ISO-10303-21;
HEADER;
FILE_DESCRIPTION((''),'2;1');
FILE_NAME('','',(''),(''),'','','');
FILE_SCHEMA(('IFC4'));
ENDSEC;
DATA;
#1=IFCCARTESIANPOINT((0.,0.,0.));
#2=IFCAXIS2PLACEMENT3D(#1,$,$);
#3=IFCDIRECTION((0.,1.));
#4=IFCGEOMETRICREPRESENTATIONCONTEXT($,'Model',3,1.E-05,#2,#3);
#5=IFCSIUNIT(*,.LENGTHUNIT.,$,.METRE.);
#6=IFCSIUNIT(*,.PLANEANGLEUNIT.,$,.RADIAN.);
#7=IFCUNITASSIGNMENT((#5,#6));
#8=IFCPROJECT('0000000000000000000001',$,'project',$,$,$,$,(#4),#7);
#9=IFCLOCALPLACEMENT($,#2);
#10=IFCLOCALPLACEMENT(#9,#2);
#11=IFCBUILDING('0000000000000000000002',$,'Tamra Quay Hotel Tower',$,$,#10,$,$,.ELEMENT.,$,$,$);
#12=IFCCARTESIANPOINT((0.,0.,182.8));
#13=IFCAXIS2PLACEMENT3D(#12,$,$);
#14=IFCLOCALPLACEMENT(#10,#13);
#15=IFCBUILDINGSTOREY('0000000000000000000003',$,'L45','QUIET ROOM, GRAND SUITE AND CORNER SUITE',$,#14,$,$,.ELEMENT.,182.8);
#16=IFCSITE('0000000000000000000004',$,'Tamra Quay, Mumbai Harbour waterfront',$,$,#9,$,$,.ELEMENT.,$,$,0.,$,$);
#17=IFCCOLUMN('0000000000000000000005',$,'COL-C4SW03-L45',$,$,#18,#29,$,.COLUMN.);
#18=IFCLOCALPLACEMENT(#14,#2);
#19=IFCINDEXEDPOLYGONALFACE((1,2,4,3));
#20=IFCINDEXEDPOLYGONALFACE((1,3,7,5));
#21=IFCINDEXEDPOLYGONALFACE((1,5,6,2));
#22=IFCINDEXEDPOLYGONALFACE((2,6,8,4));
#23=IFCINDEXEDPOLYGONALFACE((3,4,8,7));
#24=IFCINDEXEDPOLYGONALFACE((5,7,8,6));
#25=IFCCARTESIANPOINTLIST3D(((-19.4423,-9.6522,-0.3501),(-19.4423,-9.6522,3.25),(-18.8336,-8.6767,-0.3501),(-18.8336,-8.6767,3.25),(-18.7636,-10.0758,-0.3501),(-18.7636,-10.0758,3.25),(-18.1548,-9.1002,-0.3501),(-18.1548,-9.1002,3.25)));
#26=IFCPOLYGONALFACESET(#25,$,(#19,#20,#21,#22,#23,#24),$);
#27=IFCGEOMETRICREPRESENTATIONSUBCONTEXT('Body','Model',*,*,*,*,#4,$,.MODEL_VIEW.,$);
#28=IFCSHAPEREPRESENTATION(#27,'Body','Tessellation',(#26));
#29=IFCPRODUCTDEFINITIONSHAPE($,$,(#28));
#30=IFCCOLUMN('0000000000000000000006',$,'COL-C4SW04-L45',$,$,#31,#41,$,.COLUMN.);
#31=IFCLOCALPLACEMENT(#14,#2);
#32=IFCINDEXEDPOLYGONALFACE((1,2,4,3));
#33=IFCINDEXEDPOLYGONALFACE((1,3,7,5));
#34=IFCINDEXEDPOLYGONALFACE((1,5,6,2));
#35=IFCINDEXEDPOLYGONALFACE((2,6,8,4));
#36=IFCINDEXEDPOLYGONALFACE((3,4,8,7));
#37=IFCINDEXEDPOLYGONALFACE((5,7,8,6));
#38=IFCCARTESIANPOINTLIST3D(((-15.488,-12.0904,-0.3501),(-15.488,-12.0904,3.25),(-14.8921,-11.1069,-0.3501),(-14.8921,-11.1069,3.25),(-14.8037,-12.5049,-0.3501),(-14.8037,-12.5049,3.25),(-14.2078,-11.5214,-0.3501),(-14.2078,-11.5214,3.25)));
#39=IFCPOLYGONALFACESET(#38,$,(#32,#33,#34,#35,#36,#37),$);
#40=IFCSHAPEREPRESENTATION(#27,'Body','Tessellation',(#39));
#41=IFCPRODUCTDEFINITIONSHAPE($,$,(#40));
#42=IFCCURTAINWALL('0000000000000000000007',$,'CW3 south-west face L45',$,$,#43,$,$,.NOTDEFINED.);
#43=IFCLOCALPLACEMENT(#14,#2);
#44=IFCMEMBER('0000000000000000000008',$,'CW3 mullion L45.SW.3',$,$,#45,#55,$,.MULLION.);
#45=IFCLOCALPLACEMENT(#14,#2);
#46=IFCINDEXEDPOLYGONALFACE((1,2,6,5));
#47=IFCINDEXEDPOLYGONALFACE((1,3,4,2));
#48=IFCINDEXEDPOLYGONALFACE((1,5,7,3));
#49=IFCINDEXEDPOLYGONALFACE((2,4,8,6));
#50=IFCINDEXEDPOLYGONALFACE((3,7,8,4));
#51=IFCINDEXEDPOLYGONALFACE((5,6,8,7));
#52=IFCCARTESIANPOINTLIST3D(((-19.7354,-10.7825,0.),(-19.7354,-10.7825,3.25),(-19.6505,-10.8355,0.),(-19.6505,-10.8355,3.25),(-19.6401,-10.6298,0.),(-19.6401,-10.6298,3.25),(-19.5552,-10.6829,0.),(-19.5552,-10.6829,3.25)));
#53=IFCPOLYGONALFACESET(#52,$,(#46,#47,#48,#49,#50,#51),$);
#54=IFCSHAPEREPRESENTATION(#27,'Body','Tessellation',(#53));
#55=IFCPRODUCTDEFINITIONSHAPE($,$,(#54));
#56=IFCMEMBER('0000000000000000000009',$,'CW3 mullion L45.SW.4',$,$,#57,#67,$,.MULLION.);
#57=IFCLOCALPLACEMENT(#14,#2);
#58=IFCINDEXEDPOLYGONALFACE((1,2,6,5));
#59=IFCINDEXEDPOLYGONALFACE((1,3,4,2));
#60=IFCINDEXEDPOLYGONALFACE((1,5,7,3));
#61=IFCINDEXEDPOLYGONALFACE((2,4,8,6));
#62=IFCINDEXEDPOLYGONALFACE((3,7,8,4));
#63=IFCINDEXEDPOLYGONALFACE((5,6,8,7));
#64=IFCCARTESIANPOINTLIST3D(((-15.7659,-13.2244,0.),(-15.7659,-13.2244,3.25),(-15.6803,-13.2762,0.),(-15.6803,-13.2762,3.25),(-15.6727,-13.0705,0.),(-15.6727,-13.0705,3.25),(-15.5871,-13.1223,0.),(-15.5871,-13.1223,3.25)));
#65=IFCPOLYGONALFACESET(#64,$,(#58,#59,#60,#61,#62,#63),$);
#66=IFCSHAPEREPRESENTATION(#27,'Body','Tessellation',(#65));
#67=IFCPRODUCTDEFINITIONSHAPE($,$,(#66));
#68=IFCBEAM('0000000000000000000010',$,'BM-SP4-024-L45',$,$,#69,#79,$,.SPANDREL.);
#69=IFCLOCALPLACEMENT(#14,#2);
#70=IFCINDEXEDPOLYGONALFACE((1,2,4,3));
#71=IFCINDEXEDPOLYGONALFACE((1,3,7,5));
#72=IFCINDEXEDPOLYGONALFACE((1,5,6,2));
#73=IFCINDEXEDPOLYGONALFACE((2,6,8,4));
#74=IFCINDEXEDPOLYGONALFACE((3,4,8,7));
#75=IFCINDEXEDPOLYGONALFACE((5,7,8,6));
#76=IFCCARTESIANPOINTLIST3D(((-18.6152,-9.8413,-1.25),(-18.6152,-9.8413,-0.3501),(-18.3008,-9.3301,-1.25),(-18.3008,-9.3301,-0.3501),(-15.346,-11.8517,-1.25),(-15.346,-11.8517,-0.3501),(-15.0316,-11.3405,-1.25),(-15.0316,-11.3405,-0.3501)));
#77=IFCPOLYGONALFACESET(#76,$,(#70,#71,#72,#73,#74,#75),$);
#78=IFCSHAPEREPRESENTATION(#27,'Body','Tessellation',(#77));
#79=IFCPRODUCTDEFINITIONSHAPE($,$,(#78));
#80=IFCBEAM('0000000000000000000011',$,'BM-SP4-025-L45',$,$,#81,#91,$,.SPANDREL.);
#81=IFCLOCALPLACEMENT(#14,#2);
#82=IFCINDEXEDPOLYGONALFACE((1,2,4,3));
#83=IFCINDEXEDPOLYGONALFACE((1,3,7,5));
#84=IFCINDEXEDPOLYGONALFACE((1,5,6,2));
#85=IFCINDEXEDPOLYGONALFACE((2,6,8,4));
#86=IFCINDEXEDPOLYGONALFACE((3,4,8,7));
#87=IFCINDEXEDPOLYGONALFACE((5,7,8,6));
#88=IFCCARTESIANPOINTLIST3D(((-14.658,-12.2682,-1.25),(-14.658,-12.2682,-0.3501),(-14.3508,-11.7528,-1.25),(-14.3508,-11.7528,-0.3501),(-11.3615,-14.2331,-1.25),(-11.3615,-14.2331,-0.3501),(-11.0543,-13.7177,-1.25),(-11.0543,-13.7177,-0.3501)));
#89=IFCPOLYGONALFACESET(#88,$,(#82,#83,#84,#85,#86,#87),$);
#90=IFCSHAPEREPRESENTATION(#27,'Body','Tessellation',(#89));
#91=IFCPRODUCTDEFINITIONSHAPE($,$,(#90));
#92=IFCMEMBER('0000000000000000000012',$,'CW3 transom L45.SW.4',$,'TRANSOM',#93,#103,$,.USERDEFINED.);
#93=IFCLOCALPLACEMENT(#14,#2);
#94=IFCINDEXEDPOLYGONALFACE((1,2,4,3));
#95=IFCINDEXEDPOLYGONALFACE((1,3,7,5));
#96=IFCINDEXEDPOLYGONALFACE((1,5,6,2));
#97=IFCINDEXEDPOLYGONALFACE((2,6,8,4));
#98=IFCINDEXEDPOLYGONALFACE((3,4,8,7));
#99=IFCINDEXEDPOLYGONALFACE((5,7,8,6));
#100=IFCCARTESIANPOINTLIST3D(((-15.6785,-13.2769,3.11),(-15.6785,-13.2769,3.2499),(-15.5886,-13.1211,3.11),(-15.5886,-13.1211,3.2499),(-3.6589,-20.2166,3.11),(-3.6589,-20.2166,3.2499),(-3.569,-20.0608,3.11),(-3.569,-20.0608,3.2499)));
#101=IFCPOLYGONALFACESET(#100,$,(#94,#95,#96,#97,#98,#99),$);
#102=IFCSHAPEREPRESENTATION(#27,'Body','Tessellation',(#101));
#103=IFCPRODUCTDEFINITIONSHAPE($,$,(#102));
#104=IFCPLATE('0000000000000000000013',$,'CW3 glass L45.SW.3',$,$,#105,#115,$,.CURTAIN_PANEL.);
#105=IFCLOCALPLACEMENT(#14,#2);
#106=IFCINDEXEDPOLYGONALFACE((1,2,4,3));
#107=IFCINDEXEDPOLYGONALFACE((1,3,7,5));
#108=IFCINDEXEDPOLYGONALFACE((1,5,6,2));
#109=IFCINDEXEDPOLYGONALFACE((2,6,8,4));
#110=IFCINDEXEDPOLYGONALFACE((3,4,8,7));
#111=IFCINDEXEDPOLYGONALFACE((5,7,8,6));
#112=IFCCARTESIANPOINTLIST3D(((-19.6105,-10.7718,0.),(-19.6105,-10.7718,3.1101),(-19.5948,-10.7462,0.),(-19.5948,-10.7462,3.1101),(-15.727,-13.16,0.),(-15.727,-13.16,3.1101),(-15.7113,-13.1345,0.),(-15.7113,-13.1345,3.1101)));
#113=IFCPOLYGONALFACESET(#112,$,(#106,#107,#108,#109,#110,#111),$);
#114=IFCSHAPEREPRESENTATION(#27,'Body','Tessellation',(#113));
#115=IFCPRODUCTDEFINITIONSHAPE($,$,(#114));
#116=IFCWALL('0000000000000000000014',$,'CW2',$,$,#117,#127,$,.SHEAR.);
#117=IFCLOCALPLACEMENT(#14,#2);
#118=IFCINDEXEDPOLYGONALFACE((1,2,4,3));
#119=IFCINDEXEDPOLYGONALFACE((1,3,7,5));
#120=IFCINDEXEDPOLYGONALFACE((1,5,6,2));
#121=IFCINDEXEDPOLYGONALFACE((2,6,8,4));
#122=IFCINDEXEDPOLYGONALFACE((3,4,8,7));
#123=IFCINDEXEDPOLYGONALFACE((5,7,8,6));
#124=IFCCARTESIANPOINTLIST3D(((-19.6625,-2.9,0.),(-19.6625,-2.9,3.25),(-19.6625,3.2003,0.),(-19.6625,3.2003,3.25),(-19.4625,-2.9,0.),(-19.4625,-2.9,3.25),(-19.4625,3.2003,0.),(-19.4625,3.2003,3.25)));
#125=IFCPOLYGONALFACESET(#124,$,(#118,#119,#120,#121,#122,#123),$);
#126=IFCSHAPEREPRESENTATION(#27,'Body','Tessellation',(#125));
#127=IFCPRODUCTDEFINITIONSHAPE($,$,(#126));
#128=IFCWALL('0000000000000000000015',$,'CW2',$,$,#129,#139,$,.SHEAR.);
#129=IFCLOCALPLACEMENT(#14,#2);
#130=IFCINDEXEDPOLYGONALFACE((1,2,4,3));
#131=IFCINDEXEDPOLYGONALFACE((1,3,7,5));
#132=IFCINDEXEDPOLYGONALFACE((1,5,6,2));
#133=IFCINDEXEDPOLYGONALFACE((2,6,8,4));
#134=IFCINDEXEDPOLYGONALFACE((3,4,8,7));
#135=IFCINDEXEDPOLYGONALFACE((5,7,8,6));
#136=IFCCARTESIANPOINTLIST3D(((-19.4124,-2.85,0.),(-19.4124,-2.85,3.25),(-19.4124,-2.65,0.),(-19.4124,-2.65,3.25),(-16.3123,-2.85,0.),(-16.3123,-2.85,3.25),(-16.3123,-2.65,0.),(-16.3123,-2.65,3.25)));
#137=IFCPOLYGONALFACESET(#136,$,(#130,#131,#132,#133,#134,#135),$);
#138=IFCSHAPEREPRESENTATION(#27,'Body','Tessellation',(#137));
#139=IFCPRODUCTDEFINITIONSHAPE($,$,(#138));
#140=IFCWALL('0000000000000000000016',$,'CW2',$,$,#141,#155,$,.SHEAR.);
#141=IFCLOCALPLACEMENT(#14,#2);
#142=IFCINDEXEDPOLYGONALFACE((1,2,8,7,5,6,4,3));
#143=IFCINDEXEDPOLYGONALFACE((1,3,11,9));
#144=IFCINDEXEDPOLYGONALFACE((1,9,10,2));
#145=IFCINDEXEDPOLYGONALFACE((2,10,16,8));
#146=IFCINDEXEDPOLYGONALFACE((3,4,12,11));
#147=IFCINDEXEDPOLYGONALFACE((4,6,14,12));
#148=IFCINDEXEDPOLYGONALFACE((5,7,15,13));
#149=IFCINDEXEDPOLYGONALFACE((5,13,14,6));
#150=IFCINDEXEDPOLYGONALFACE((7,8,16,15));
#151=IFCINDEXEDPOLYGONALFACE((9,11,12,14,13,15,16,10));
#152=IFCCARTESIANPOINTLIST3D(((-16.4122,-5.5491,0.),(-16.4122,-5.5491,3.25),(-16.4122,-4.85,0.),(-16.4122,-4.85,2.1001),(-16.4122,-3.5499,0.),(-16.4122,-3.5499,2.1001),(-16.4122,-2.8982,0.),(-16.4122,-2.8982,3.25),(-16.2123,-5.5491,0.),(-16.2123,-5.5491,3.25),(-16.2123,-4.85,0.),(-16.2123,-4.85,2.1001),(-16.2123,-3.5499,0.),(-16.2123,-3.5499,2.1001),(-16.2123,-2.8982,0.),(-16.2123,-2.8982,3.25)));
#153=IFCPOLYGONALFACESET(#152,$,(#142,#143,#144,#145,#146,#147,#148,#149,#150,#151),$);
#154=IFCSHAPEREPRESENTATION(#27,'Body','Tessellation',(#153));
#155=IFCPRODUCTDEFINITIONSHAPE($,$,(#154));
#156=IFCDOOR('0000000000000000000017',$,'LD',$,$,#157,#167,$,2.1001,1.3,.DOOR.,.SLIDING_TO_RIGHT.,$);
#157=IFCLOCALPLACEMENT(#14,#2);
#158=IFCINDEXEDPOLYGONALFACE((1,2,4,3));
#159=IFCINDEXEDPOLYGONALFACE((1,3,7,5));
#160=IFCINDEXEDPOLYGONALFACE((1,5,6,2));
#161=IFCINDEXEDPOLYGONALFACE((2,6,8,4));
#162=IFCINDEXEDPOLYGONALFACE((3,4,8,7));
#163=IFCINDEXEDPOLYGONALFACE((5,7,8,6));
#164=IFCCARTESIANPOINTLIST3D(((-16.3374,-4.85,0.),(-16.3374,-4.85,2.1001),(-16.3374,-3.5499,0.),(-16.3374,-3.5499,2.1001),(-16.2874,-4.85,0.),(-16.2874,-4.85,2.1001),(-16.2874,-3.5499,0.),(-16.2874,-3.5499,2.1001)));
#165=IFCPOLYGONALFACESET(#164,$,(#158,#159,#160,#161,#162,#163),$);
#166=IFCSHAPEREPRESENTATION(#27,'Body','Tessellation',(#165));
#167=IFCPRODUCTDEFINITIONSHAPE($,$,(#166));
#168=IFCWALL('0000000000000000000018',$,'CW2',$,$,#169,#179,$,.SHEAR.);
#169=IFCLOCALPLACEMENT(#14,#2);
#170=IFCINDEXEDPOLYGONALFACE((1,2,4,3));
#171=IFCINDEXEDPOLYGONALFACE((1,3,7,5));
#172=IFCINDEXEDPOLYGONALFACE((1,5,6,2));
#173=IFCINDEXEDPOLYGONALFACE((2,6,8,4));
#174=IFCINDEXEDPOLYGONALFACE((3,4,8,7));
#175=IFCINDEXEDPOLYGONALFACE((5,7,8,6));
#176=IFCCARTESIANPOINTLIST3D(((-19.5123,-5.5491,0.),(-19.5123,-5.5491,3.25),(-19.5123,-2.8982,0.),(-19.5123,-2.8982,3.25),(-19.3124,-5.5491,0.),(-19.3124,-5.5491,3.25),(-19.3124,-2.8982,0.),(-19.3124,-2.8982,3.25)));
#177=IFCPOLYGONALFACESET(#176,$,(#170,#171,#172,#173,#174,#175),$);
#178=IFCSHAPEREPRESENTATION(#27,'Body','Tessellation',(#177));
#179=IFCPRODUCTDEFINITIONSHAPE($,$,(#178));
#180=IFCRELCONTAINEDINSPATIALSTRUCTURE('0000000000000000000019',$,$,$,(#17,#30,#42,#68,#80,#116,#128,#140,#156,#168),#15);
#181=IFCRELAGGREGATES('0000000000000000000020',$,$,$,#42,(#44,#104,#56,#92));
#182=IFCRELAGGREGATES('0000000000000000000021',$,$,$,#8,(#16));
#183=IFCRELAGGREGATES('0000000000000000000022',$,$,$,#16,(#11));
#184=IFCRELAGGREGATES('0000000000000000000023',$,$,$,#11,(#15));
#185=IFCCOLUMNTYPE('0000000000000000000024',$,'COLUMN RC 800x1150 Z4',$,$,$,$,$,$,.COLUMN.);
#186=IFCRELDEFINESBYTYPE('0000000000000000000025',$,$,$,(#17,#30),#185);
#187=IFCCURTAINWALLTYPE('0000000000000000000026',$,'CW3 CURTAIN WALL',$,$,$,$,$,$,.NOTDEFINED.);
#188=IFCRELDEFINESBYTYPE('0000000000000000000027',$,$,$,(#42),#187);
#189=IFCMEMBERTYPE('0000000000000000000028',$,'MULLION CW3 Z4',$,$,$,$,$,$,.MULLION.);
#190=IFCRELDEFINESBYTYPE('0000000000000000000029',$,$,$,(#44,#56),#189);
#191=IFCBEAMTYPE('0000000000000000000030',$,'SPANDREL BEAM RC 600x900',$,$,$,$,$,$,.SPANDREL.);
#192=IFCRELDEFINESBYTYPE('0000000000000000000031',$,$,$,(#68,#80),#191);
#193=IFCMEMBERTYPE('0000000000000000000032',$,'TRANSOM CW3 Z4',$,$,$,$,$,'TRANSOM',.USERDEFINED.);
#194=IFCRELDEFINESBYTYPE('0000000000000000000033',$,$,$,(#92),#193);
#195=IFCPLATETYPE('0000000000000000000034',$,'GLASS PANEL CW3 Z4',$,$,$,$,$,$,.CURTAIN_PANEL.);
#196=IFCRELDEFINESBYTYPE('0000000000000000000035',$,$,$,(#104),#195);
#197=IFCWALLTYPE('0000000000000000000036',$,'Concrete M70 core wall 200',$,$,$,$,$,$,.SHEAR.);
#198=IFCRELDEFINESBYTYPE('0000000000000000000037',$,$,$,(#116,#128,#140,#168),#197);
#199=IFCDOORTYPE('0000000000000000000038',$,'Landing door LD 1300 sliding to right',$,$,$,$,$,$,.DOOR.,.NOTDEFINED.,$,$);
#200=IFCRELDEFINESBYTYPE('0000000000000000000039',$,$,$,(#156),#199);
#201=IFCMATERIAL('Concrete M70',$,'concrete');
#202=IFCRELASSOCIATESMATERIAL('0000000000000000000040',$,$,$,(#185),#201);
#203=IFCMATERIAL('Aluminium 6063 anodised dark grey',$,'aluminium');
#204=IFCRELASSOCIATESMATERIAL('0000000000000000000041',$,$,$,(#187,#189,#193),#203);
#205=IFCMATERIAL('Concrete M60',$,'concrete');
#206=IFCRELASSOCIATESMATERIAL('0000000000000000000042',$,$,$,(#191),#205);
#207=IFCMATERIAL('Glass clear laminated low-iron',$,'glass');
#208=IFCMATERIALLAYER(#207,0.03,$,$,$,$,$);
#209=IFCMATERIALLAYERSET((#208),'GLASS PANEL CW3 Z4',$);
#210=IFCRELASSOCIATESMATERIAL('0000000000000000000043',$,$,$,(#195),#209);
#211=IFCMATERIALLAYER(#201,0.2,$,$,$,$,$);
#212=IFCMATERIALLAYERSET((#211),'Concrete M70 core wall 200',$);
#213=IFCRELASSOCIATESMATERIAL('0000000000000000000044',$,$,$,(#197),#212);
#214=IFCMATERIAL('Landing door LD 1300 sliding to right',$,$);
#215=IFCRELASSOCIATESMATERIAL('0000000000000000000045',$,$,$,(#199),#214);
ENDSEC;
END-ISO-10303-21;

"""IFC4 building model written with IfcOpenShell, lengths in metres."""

from ifc_helpers import new_model, si_unit, direction, frame, frame_2d, origin, origin_2d, place, context, subcontext, project, spatial, rectangle, extrude, material, layer, layer_set, material_profile, profile_set, type_object, element, fill, aggregate, save


model = new_model("IFC4")

# Units and contexts
model_context = context("Model", 3, precision=1e-05, world=origin(), true_north=direction((0.0, 1.0)))
body_context = subcontext(model_context, "Body", "Model", "MODEL_VIEW")
ifc_project = project(units=[si_unit("LENGTHUNIT", "METRE"), si_unit("PLANEANGLEUNIT", "RADIAN")], contexts=[model_context])

# Site, building, storey
site_placement = place(None, origin())
site = spatial("IfcSite", under=ifc_project, at=site_placement, Name="Tamra Quay, Mumbai Harbour waterfront", CompositionType="ELEMENT", RefElevation=0.0)
building_placement = place(site_placement, origin())
building = spatial("IfcBuilding", under=site, at=building_placement, Name="Tamra Quay Hotel Tower", CompositionType="ELEMENT")
storey_placement = place(building_placement, frame((0.0, 0.0, 182.8)))
storey = spatial("IfcBuildingStorey", under=building, at=storey_placement, Name="L45", Description="QUIET ROOM, GRAND SUITE AND CORNER SUITE", CompositionType="ELEMENT", Elevation=182.8)

# Columns
ifc_material_1 = material(Name="Concrete M70", Category="concrete")
ifc_material_profile_1 = material_profile(ifc_material_1, rectangle(XDim=1.1499, YDim=0.8, at=origin_2d()), Name="COLUMN RC 800x1150 Z4")
ifc_profile_set_1 = profile_set([ifc_material_profile_1], Name="Concrete M70")
column_type = type_object("IfcColumnType", Name="COLUMN RC 800x1150 Z4", PredefinedType="COLUMN", material=ifc_profile_set_1)
for number, where, z_axis, x_axis, name in (
    (1, (-18.7986, -9.3762, -0.3501), (0.0, 0.0, 1.0), (0.52941, 0.848366, 0.0), "COL-C4SW03-L45"),
    (2, (-14.8479, -11.8059, -0.3501), (0.0, 0.0, 1.0), (0.518175, 0.855275, 0.0), "COL-C4SW04-L45"),
):
    element("IfcColumn", number, at=place(storey_placement, frame(where, z_axis=z_axis, x_axis=x_axis)), inside=storey, type_object=column_type, Name=name, PredefinedType="COLUMN", context=body_context, shape_type="SweptSolid", body=[
        extrude(rectangle(XDim=1.1499, YDim=0.8, at=origin_2d()), origin(), (0.0, 0.0, 1.0), 3.6001),
    ])

# Curtain wall, members
ifc_material_2 = material(Name="Aluminium 6063 anodised dark grey", Category="aluminium")
curtain_wall_type = type_object("IfcCurtainWallType", Name="CW3 CURTAIN WALL", PredefinedType="NOTDEFINED", material=ifc_material_2)
curtain_wall_placement = place(storey_placement, origin())
curtain_wall = element("IfcCurtainWall", 3, at=curtain_wall_placement, inside=storey, type_object=curtain_wall_type, Name="CW3 south-west face L45", PredefinedType="NOTDEFINED")
ifc_material_profile_2 = material_profile(ifc_material_2, rectangle(XDim=0.1799, YDim=0.1001, at=origin_2d()), Name="MULLION 100X180")
ifc_profile_set_2 = profile_set([ifc_material_profile_2], Name="Aluminium 6063 anodised dark grey")
member_type_1 = type_object("IfcMemberType", Name="MULLION CW3 Z4", PredefinedType="MULLION", material=ifc_profile_set_2)
member_1_placement = place(storey_placement, frame((-19.6453, -10.7327, 0.0), z_axis=(0.0, 0.0, 1.0), x_axis=(-0.529731, -0.848166, 0.0)))
member_1 = element("IfcMember", 4, at=member_1_placement, type_object=member_type_1, Name="CW3 mullion L45.SW.3", PredefinedType="MULLION", context=body_context, shape_type="SweptSolid", body=[
    extrude(rectangle(XDim=0.1799, YDim=0.1001, at=origin_2d()), origin(), (0.0, 0.0, 1.0), 3.25),
])
member_2_placement = place(storey_placement, frame((-15.6765, -13.1733, 0.0), z_axis=(0.0, 0.0, 1.0), x_axis=(-0.517923, -0.855428, 0.0)))
member_2 = element("IfcMember", 5, at=member_2_placement, type_object=member_type_1, Name="CW3 mullion L45.SW.4", PredefinedType="MULLION", context=body_context, shape_type="SweptSolid", body=[
    extrude(rectangle(XDim=0.1799, YDim=0.1001, at=origin_2d()), origin(), (0.0, 0.0, 1.0), 3.25),
])

# Beams
ifc_material_3 = material(Name="Concrete M60", Category="concrete")
ifc_material_profile_3 = material_profile(ifc_material_3, rectangle(XDim=0.6001, YDim=0.8999, at=origin_2d()), Name="SPANDREL BEAM RC 600x900")
ifc_profile_set_3 = profile_set([ifc_material_profile_3], Name="Concrete M60")
beam_type = type_object("IfcBeamType", Name="SPANDREL BEAM RC 600x900", PredefinedType="SPANDREL", material=ifc_profile_set_3)
beam_1_placement = place(storey_placement, frame((-18.458, -9.5857, -0.8), z_axis=(0.851818, -0.523838, 0.0), x_axis=(0.523838, 0.851818, 0.0)))
element("IfcBeam", 6, at=beam_1_placement, inside=storey, type_object=beam_type, Name="BM-SP4-024-L45", PredefinedType="SPANDREL", context=body_context, shape_type="SweptSolid", body=[
    extrude(rectangle(XDim=0.6001, YDim=0.8999, at=origin_2d()), origin(), (0.0, 0.0, 1.0), 3.8379),
])
beam_2_placement = place(storey_placement, frame((-14.5044, -12.0105, -0.8), z_axis=(0.858982, -0.512005, 0.0), x_axis=(0.512005, 0.858982, 0.0)))
element("IfcBeam", 7, at=beam_2_placement, inside=storey, type_object=beam_type, Name="BM-SP4-025-L45", PredefinedType="SPANDREL", context=body_context, shape_type="SweptSolid", body=[
    extrude(rectangle(XDim=0.6001, YDim=0.8999, at=origin_2d()), origin(), (0.0, 0.0, 1.0), 3.8376),
])

# Member
ifc_material_profile_4 = material_profile(ifc_material_2, rectangle(XDim=0.1799, YDim=0.1399, at=origin_2d()), Name="TRANSOM 180X140")
ifc_profile_set_4 = profile_set([ifc_material_profile_4], Name="Aluminium 6063 anodised dark grey")
member_type_2 = type_object("IfcMemberType", Name="TRANSOM CW3 Z4", ElementType="TRANSOM", PredefinedType="USERDEFINED", material=ifc_profile_set_4)
member_3_placement = place(storey_placement, frame((-15.6335, -13.199, 3.1799), z_axis=(0.866019, -0.500012, 0.0), x_axis=(0.500012, 0.866019, 0.0)))
member_3 = element("IfcMember", 8, at=member_3_placement, type_object=member_type_2, Name="CW3 transom L45.SW.4", ObjectType="TRANSOM", PredefinedType="USERDEFINED", context=body_context, shape_type="SweptSolid", body=[
    extrude(rectangle(XDim=0.1799, YDim=0.1399, at=origin_2d()), origin(), (0.0, 0.0, 1.0), 13.8792),
])

# Plate
ifc_material_4 = material(Name="Glass clear laminated low-iron", Category="glass")
ifc_layer_1 = layer(ifc_material_4, 0.03)
ifc_layer_set_1 = layer_set([ifc_layer_1], Name="GLASS PANEL CW3 Z4")
plate_type = type_object("IfcPlateType", Name="GLASS PANEL CW3 Z4", PredefinedType="CURTAIN_PANEL", material=ifc_layer_set_1)
plate_placement = place(storey_placement, frame((-17.6609, -11.9531, 0.0), z_axis=(0.0, 0.0, 1.0), x_axis=(0.851815, -0.523843, 0.0)))
plate = element("IfcPlate", 9, at=plate_placement, type_object=plate_type, Name="CW3 glass L45.SW.3", PredefinedType="CURTAIN_PANEL", context=body_context, shape_type="SweptSolid", body=[
    extrude(rectangle(XDim=4.5591, YDim=0.03, at=origin_2d()), origin(), (0.0, 0.0, 1.0), 3.1101),
])
aggregate(curtain_wall, [member_1, plate, member_2, member_3])

# Walls
ifc_layer_2 = layer(ifc_material_1, 0.2)
ifc_layer_set_2 = layer_set([ifc_layer_2], Name="Concrete M70 core wall 200")
wall_type_1 = type_object("IfcWallType", Name="Concrete M70 core wall 200", PredefinedType="SHEAR", material=ifc_layer_set_2)
wall_1_placement = place(storey_placement, frame((-19.5625, -2.9001, 0.0), z_axis=(0.0, 0.0, 1.0), x_axis=(0.0, 1.0, 0.0)))
element("IfcWall", 10, at=wall_1_placement, inside=storey, type_object=wall_type_1, Name="CW2", PredefinedType="SHEAR", context=body_context, shape_type="SweptSolid", body=[
    extrude(rectangle(XDim=6.1003, YDim=0.2, at=frame_2d((3.0503, 0.0))), origin(), (0.0, 0.0, 1.0), 3.25),
])
wall_2_placement = place(storey_placement, frame((-19.4124, -2.75, 0.0), z_axis=(0.0, 0.0, 1.0), x_axis=(1.0, 0.0, 0.0)))
element("IfcWall", 11, at=wall_2_placement, inside=storey, type_object=wall_type_1, Name="CW2", PredefinedType="SHEAR", context=body_context, shape_type="SweptSolid", body=[
    extrude(rectangle(XDim=3.1001, YDim=0.2, at=frame_2d((1.55, 0.0))), origin(), (0.0, 0.0, 1.0), 3.25),
])

# Wall, opening, door
wall_3_placement = place(storey_placement, frame((-16.3123, -2.8982, 0.0), z_axis=(0.0, 0.0, 1.0), x_axis=(0.0, -1.0, 0.0)))
wall_3 = element("IfcWall", 12, at=wall_3_placement, inside=storey, type_object=wall_type_1, Name="CW2", PredefinedType="SHEAR", context=body_context, shape_type="SweptSolid", body=[
    extrude(rectangle(XDim=2.6509, YDim=0.2, at=frame_2d((1.3254, 0.0))), origin(), (0.0, 0.0, 1.0), 3.25),
])
opening_1_placement = place(wall_3_placement, frame((0.6519, 0.0, 0.0)))
opening_1 = element("IfcOpeningElement", 13, at=opening_1_placement, cuts=wall_3, PredefinedType="OPENING", context=body_context, shape_type="SweptSolid", body=[
    extrude(rectangle(XDim=1.3, YDim=2.1001, at=frame_2d((0.6499, 1.05))), frame((0.0, 0.1099, 0.0), z_axis=(0.0, -1.0, 0.0), x_axis=(1.0, 0.0, 0.0)), (0.0, 0.0, 1.0), 0.22),
])
ifc_material_5 = material(Name="Landing door LD 1300 sliding to right")
door_type_1 = type_object("IfcDoorType", Name="Landing door LD 1300 sliding to right", OperationType="NOTDEFINED", PredefinedType="DOOR", material=ifc_material_5)
door_1_placement = place(opening_1_placement, origin())
door_1 = element("IfcDoor", 14, at=door_1_placement, inside=storey, type_object=door_type_1, Name="LD", OperationType="SLIDING_TO_RIGHT", OverallHeight=2.1001, OverallWidth=1.3, PredefinedType="DOOR", context=body_context, shape_type="SweptSolid", body=[
    extrude(rectangle(XDim=1.3, YDim=2.1001, at=frame_2d((0.6499, 1.05))), frame((0.0, 0.0249, 0.0), z_axis=(0.0, -1.0, 0.0), x_axis=(1.0, 0.0, 0.0)), (0.0, 0.0, 1.0), 0.05),
])
fill(opening_1, door_1)

# Wall
wall_4_placement = place(storey_placement, frame((-19.4124, -5.5491, 0.0), z_axis=(0.0, 0.0, 1.0), x_axis=(0.0, 1.0, 0.0)))
element("IfcWall", 15, at=wall_4_placement, inside=storey, type_object=wall_type_1, Name="CW2", PredefinedType="SHEAR", context=body_context, shape_type="SweptSolid", body=[
    extrude(rectangle(XDim=2.6509, YDim=0.2, at=frame_2d((1.3254, 0.0))), origin(), (0.0, 0.0, 1.0), 3.25),
])

save(model, "model.ifc")
